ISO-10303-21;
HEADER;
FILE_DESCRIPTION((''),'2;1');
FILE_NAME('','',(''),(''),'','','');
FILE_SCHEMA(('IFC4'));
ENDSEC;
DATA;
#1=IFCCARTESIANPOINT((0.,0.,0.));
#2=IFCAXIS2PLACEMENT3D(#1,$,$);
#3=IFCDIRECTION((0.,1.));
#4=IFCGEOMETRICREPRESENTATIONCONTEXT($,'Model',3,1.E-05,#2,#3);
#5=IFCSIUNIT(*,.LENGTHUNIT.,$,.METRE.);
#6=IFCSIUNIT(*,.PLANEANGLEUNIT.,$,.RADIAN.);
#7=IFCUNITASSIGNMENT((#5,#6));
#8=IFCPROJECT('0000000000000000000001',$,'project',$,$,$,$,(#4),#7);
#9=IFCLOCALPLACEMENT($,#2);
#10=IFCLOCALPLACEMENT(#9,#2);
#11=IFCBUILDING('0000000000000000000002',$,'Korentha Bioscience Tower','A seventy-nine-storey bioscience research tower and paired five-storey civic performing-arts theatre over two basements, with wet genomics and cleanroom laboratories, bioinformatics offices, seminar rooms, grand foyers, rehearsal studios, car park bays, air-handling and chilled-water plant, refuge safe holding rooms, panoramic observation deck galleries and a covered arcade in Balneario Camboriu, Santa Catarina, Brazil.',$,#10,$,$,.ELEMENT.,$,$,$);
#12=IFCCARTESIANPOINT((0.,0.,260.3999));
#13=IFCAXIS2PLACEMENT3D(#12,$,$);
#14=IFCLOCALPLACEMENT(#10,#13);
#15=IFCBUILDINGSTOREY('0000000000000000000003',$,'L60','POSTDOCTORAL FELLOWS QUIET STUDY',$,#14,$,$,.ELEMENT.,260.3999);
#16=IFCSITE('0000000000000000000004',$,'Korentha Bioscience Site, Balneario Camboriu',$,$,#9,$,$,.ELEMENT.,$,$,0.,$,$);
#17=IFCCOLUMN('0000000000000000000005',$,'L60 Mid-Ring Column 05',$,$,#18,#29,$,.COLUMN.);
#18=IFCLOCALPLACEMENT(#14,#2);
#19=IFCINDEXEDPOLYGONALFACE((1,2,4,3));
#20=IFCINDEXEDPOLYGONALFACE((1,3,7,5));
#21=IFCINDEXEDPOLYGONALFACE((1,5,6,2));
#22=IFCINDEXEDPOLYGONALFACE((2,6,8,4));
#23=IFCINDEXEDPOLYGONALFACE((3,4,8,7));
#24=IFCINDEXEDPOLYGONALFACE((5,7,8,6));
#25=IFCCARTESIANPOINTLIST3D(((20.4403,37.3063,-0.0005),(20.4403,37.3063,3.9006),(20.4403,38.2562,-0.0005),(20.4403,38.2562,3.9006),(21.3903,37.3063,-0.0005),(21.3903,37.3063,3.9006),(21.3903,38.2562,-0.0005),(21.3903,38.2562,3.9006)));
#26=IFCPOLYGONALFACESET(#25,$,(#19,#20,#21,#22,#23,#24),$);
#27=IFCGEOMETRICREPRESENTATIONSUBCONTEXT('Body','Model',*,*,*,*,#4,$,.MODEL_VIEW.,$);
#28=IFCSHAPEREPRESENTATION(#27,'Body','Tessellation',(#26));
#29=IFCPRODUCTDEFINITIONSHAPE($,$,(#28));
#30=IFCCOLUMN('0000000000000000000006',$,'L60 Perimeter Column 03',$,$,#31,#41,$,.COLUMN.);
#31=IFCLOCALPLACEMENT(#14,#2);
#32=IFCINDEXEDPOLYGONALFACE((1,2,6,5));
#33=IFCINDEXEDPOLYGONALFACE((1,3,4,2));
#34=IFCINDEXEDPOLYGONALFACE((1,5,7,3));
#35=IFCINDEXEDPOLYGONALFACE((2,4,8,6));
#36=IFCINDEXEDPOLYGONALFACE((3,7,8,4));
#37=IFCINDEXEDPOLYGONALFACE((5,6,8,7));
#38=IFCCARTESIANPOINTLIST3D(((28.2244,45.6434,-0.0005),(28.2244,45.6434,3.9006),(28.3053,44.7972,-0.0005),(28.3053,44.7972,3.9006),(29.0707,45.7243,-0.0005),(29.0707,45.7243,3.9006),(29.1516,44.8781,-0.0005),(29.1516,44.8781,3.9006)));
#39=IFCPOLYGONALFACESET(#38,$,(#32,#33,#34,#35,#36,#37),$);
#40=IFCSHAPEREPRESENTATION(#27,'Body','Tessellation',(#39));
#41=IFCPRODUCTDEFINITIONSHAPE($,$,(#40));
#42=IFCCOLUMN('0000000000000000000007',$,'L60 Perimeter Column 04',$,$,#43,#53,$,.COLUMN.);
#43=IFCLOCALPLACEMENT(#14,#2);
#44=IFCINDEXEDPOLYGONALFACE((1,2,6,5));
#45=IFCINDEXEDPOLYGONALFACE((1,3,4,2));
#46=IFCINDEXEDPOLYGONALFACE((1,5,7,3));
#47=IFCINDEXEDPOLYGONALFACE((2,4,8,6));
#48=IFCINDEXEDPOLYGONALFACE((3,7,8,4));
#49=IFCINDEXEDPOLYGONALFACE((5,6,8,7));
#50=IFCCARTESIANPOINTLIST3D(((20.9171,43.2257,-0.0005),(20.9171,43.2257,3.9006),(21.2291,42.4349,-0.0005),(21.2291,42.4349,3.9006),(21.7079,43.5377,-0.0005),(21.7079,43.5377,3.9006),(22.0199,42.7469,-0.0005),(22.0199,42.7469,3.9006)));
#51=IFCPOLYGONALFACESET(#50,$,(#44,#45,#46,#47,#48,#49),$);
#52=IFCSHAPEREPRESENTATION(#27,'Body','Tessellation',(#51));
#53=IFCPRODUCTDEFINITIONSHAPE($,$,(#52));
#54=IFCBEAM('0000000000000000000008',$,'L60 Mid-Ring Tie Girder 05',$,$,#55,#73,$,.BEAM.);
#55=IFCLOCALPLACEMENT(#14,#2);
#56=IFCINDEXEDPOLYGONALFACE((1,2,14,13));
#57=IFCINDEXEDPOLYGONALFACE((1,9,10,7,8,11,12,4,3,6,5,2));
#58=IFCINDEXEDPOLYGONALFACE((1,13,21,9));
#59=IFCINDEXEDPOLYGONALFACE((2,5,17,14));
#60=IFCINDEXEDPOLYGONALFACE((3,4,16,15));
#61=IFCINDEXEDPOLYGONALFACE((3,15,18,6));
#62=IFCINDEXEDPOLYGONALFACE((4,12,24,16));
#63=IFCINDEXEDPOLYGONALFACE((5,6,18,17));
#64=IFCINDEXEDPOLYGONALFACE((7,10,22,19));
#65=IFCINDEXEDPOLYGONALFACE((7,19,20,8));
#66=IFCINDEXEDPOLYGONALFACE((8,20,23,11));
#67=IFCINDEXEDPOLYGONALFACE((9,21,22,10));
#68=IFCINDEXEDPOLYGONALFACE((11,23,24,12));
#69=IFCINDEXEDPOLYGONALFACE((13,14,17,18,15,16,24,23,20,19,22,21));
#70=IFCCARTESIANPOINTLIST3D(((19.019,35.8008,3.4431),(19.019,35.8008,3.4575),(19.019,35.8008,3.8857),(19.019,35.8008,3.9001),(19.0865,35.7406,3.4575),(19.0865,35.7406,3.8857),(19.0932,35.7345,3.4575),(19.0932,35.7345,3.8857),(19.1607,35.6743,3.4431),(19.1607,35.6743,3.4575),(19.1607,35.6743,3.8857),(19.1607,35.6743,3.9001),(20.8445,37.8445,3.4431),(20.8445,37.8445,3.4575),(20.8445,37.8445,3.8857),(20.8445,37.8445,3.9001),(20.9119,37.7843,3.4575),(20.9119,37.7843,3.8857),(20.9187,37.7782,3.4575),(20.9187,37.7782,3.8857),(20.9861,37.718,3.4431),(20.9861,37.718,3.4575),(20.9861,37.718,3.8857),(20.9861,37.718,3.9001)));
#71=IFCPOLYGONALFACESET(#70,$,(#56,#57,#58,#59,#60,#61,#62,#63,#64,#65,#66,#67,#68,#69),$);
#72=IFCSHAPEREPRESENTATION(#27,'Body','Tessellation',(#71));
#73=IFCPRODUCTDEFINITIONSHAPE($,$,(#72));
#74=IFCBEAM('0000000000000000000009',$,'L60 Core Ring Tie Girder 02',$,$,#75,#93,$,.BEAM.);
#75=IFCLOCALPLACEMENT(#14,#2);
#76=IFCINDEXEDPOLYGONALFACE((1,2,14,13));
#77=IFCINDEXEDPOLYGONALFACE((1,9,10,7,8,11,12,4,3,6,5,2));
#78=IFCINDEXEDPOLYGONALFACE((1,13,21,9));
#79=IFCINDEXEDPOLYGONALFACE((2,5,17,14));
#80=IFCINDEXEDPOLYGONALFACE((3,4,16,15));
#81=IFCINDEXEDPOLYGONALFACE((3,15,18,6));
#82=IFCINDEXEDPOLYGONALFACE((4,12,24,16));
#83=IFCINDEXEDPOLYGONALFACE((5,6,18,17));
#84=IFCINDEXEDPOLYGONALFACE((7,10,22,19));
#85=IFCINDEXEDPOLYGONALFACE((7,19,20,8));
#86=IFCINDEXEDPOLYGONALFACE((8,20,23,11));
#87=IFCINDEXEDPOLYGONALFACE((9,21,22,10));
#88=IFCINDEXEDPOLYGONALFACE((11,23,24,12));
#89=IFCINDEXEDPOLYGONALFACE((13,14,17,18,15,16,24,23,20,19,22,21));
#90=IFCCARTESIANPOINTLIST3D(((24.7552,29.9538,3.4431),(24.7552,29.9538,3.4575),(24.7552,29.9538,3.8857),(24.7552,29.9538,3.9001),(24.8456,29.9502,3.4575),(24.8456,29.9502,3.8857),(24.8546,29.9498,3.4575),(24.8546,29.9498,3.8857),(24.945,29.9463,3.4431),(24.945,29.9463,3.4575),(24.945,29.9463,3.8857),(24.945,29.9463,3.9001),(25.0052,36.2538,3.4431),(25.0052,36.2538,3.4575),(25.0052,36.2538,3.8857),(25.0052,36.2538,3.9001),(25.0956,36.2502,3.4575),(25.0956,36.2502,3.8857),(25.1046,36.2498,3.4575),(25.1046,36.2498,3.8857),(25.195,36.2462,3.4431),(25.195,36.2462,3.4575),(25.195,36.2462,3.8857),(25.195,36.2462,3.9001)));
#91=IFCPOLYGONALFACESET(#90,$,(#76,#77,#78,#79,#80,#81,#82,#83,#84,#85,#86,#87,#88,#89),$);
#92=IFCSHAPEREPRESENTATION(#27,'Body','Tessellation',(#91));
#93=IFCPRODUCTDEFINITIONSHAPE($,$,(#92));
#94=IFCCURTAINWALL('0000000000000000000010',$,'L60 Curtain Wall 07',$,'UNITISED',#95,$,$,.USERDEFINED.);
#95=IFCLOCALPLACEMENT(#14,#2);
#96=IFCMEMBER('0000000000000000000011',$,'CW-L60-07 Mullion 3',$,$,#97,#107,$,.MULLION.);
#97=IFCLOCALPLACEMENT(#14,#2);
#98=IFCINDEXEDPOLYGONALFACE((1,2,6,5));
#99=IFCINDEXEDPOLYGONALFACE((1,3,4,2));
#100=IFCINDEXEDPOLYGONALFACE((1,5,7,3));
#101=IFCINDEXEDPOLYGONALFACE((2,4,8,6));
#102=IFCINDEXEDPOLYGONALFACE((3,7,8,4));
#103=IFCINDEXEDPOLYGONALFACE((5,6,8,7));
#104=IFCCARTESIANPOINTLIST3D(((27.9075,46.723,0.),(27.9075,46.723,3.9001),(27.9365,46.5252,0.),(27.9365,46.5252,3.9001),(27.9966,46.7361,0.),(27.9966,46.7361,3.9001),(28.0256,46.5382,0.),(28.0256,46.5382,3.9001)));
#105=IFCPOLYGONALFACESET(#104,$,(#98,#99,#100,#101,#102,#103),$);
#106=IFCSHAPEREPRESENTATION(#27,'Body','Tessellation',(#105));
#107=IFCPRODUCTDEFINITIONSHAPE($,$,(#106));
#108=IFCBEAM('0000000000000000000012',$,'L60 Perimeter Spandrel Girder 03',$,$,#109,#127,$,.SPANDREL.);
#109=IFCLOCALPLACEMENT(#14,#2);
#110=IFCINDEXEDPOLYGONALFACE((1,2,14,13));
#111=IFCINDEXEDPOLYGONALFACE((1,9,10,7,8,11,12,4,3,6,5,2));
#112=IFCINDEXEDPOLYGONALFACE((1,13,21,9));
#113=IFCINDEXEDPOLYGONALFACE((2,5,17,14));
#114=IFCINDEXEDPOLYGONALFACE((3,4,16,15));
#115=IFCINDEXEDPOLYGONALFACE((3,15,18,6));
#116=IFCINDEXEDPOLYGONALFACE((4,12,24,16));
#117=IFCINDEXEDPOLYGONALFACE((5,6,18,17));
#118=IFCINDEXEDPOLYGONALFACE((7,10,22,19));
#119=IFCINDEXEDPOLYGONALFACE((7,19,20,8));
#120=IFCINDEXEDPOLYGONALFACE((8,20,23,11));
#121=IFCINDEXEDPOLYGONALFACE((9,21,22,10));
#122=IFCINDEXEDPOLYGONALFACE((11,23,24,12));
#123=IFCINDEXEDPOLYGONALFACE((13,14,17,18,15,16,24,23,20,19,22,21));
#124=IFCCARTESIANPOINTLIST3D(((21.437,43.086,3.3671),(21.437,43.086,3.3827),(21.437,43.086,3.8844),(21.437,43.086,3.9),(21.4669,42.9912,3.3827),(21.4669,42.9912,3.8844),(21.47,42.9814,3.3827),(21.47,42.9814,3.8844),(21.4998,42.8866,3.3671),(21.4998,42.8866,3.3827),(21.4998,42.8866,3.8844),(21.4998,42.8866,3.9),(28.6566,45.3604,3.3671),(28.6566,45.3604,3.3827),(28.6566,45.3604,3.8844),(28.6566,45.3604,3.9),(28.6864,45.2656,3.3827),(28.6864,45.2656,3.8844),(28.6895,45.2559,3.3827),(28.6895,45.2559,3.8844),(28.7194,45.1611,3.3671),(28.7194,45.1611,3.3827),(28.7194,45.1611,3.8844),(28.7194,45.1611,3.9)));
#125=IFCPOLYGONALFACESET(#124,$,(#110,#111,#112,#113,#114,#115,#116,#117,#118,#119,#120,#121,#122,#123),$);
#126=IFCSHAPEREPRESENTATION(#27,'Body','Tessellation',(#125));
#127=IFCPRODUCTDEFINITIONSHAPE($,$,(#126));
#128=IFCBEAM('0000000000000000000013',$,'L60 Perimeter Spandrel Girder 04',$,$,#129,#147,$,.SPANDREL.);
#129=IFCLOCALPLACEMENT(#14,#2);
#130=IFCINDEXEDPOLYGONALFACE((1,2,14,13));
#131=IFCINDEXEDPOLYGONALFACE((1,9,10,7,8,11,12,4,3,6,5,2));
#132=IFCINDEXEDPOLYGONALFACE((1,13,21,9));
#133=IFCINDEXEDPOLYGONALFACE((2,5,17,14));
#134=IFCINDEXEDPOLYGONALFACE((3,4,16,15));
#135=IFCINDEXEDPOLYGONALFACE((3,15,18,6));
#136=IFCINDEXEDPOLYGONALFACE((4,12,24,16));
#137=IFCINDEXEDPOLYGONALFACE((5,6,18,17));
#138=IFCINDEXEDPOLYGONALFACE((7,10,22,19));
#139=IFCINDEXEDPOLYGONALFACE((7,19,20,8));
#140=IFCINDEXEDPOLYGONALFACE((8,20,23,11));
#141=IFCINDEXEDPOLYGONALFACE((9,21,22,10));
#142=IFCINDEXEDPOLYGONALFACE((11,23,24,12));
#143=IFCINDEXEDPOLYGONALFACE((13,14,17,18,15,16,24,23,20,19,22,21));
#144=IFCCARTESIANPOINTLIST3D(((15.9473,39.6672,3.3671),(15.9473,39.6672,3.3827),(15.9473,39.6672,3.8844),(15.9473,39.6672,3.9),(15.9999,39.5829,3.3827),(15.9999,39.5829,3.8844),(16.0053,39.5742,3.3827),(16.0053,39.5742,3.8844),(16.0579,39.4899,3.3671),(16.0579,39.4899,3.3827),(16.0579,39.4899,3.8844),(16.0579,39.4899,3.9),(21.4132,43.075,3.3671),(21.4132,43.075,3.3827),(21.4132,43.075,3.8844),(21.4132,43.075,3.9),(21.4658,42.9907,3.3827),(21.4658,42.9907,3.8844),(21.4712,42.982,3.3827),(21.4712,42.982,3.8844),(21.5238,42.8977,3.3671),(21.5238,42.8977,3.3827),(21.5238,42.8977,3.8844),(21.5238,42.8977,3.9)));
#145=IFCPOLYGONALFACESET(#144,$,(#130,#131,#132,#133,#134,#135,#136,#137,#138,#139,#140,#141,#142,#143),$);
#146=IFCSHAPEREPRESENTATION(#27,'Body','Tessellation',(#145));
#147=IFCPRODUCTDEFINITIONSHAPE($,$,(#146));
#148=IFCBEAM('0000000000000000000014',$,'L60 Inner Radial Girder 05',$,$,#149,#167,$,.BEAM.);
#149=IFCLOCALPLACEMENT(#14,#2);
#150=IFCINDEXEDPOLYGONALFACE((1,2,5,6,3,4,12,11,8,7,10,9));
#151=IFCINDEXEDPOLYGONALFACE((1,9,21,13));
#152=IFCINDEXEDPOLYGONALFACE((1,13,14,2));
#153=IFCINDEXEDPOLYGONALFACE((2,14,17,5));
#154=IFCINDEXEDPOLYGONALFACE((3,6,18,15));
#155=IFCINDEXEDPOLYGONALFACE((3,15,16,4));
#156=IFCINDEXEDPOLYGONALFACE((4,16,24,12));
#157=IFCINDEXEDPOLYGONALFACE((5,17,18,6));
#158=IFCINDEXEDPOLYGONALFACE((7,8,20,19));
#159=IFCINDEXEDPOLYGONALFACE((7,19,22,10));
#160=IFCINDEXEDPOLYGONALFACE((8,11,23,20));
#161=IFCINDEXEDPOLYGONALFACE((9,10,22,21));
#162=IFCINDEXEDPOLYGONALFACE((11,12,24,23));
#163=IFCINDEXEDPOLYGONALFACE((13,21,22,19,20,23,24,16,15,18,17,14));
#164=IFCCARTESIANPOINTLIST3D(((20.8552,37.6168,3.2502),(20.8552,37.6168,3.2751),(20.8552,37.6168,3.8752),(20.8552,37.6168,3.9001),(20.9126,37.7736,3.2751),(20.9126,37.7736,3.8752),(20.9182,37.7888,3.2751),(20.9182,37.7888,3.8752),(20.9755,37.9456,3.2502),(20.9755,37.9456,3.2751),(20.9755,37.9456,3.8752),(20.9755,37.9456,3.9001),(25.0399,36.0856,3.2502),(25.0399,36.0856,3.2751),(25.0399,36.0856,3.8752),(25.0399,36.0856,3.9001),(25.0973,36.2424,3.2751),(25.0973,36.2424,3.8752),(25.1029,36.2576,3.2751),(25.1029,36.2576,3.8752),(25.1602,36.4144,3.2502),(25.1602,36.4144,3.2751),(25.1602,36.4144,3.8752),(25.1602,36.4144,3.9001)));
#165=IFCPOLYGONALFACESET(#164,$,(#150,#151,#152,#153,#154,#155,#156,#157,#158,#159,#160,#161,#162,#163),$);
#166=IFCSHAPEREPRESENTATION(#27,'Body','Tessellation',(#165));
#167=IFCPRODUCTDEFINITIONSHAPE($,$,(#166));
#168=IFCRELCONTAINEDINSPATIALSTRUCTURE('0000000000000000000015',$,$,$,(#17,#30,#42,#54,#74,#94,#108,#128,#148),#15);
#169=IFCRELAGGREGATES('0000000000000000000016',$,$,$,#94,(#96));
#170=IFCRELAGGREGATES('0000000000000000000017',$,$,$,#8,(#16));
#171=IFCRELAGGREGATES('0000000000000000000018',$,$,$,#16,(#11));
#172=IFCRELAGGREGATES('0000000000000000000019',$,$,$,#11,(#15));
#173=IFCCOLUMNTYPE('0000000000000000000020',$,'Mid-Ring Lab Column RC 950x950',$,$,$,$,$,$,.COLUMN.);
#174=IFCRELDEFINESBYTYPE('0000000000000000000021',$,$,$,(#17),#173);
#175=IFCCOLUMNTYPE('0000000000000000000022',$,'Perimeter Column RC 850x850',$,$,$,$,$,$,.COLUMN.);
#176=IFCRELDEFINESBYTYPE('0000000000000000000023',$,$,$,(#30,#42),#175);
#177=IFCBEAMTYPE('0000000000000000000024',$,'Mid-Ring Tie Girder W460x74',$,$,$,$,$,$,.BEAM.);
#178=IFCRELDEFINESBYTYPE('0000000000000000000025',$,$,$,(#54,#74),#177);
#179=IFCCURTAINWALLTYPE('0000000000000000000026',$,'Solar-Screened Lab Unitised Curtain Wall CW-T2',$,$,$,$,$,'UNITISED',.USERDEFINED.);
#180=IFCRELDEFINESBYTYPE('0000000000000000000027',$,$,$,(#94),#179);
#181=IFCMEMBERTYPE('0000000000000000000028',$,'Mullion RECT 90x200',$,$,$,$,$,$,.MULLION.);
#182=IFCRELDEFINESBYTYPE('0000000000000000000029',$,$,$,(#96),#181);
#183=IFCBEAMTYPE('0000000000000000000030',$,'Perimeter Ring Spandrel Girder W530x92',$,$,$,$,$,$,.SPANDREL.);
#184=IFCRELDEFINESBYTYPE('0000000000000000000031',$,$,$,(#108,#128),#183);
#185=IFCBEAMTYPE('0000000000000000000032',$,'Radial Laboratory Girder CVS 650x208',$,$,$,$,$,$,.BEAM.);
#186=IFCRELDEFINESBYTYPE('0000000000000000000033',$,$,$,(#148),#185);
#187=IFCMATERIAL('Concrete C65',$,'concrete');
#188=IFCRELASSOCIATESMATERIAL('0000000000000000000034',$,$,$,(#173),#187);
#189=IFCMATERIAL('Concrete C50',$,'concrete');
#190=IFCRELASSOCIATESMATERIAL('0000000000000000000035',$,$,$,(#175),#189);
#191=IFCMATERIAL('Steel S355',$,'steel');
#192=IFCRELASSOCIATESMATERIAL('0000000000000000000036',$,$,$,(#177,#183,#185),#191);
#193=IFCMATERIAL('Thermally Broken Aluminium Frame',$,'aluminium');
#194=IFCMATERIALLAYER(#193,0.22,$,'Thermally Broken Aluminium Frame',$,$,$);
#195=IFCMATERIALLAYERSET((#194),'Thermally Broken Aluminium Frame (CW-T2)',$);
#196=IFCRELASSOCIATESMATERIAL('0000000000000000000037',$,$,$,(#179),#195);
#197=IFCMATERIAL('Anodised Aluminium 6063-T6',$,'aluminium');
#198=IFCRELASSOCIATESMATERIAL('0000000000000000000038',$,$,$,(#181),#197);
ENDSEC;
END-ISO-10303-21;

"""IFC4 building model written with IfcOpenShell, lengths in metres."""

from ifc_helpers import new_model, si_unit, direction, frame, origin, origin_2d, place, context, subcontext, project, spatial, rectangle, i_section, extrude, material, layer, layer_set, material_profile, profile_set, type_object, element, aggregate, save


model = new_model("IFC4")

# Units and contexts
model_context = context("Model", 3, precision=1e-05, world=origin(), true_north=direction((0.0, 1.0)))
body_context = subcontext(model_context, "Body", "Model", "MODEL_VIEW")
ifc_project = project(units=[si_unit("LENGTHUNIT", "METRE"), si_unit("PLANEANGLEUNIT", "RADIAN")], contexts=[model_context])

# Site, building, storey
site_placement = place(None, origin())
site = spatial("IfcSite", under=ifc_project, at=site_placement, Name="Korentha Bioscience Site, Balneario Camboriu", CompositionType="ELEMENT", RefElevation=0.0)
building_placement = place(site_placement, origin())
building = spatial("IfcBuilding", under=site, at=building_placement, Name="Korentha Bioscience Tower", Description="A seventy-nine-storey bioscience research tower and paired five-storey civic performing-arts theatre over two basements, with wet genomics and cleanroom laboratories, bioinformatics offices, seminar rooms, grand foyers, rehearsal studios, car park bays, air-handling and chilled-water plant, refuge safe holding rooms, panoramic observation deck galleries and a covered arcade in Balneario Camboriu, Santa Catarina, Brazil.", CompositionType="ELEMENT")
storey_placement = place(building_placement, frame((0.0, 0.0, 260.3999)))
storey = spatial("IfcBuildingStorey", under=building, at=storey_placement, Name="L60", Description="POSTDOCTORAL FELLOWS QUIET STUDY", CompositionType="ELEMENT", Elevation=260.3999)

# Columns
ifc_material_1 = material(Name="Concrete C65", Category="concrete")
ifc_material_profile_1 = material_profile(ifc_material_1, rectangle(XDim=0.95, YDim=0.95, at=origin_2d()), Name="Concrete C65")
ifc_profile_set_1 = profile_set([ifc_material_profile_1], Name="Concrete C65 (COL-MR09)")
column_type_1 = type_object("IfcColumnType", Name="Mid-Ring Lab Column RC 950x950", PredefinedType="COLUMN", material=ifc_profile_set_1)
column_placement = place(storey_placement, frame((20.9153, 37.7812, -0.0005), z_axis=(0.0, 0.0, 1.0), x_axis=(1.0, 0.0, 0.0)))
element("IfcColumn", 1, at=column_placement, inside=storey, type_object=column_type_1, Name="L60 Mid-Ring Column 05", PredefinedType="COLUMN", context=body_context, shape_type="SweptSolid", body=[
    extrude(rectangle(XDim=0.95, YDim=0.95, at=origin_2d()), origin(), (0.0, 0.0, 1.0), 3.9011),
])
ifc_material_2 = material(Name="Concrete C50", Category="concrete")
ifc_material_profile_2 = material_profile(ifc_material_2, rectangle(XDim=0.8501, YDim=0.8501, at=origin_2d()), Name="Concrete C50")
ifc_profile_set_2 = profile_set([ifc_material_profile_2], Name="Concrete C50 (COL-P08)")
column_type_2 = type_object("IfcColumnType", Name="Perimeter Column RC 850x850", PredefinedType="COLUMN", material=ifc_profile_set_2)
for number, where, z_axis, x_axis, name in (
    (2, (28.688, 45.2607, -0.0005), (0.0, 0.0, 1.0), (0.995463, 0.095151, 0.0), "L60 Perimeter Column 03"),
    (3, (21.4685, 42.9863, -0.0005), (0.0, 0.0, 1.0), (0.930226, 0.366988, 0.0), "L60 Perimeter Column 04"),
):
    element("IfcColumn", number, at=place(storey_placement, frame(where, z_axis=z_axis, x_axis=x_axis)), inside=storey, type_object=column_type_2, Name=name, PredefinedType="COLUMN", context=body_context, shape_type="SweptSolid", body=[
        extrude(rectangle(XDim=0.8501, YDim=0.8501, at=origin_2d()), origin(), (0.0, 0.0, 1.0), 3.9011),
    ])

# Beams
ifc_material_3 = material(Name="Steel S355", Category="steel")
ifc_material_profile_3 = material_profile(ifc_material_3, i_section(OverallWidth=0.1899, OverallDepth=0.457, WebThickness=0.009, FlangeThickness=0.0144, at=origin_2d()), Name="Steel S355")
ifc_profile_set_3 = profile_set([ifc_material_profile_3], Name="Steel S355 (MB-460)")
beam_type_1 = type_object("IfcBeamType", Name="Mid-Ring Tie Girder W460x74", PredefinedType="BEAM", material=ifc_profile_set_3)
beam_1_placement = place(storey_placement, frame((20.9153, 37.7812, 3.6716), z_axis=(-0.666159, -0.74581, 0.0), x_axis=(0.74581, -0.666159, 0.0)))
element("IfcBeam", 4, at=beam_1_placement, inside=storey, type_object=beam_type_1, Name="L60 Mid-Ring Tie Girder 05", PredefinedType="BEAM", context=body_context, shape_type="SweptSolid", body=[
    extrude(i_section(OverallWidth=0.1899, OverallDepth=0.457, WebThickness=0.009, FlangeThickness=0.0144, at=origin_2d()), origin(), (0.0, 0.0, 1.0), 2.7402),
])
beam_2_placement = place(storey_placement, frame((25.1001, 36.25, 3.6716), z_axis=(-0.039651, -0.999214, 0.0), x_axis=(0.999214, -0.039651, 0.0)))
element("IfcBeam", 5, at=beam_2_placement, inside=storey, type_object=beam_type_1, Name="L60 Core Ring Tie Girder 02", PredefinedType="BEAM", context=body_context, shape_type="SweptSolid", body=[
    extrude(i_section(OverallWidth=0.1899, OverallDepth=0.457, WebThickness=0.009, FlangeThickness=0.0144, at=origin_2d()), origin(), (0.0, 0.0, 1.0), 6.3049),
])

# Curtain wall, member
ifc_material_4 = material(Name="Thermally Broken Aluminium Frame", Category="aluminium")
ifc_layer_1 = layer(ifc_material_4, 0.22, Name="Thermally Broken Aluminium Frame")
ifc_layer_set_1 = layer_set([ifc_layer_1], Name="Thermally Broken Aluminium Frame (CW-T2)")
curtain_wall_type = type_object("IfcCurtainWallType", Name="Solar-Screened Lab Unitised Curtain Wall CW-T2", ElementType="UNITISED", PredefinedType="USERDEFINED", material=ifc_layer_set_1)
curtain_wall_placement = place(storey_placement, origin())
curtain_wall = element("IfcCurtainWall", 6, at=curtain_wall_placement, inside=storey, type_object=curtain_wall_type, Name="L60 Curtain Wall 07", ObjectType="UNITISED", PredefinedType="USERDEFINED")
ifc_material_5 = material(Name="Anodised Aluminium 6063-T6", Category="aluminium")
ifc_material_profile_4 = material_profile(ifc_material_5, rectangle(XDim=0.0901, YDim=0.2, at=origin_2d()), Name="Anodised Aluminium 6063-T6")
ifc_profile_set_4 = profile_set([ifc_material_profile_4], Name="Anodised Aluminium 6063-T6 (CW-MUL)")
member_type_1 = type_object("IfcMemberType", Name="Mullion RECT 90x200", PredefinedType="MULLION", material=ifc_profile_set_4)
member_1_placement = place(storey_placement, frame((27.9666, 46.6306, 0.0), z_axis=(0.0, 0.0, 1.0), x_axis=(-0.98946, -0.144809, 0.0)))
member_1 = element("IfcMember", 7, at=member_1_placement, type_object=member_type_1, Name="CW-L60-07 Mullion 3", PredefinedType="MULLION", context=body_context, shape_type="SweptSolid", body=[
    extrude(rectangle(XDim=0.0901, YDim=0.2, at=origin_2d()), origin(), (0.0, 0.0, 1.0), 3.9001),
])

# Beams
ifc_material_profile_5 = material_profile(ifc_material_3, i_section(OverallWidth=0.209, OverallDepth=0.533, WebThickness=0.0103, FlangeThickness=0.0156, at=origin_2d()), Name="Steel S355")
ifc_profile_set_5 = profile_set([ifc_material_profile_5], Name="Steel S355 (SB-530)")
beam_type_2 = type_object("IfcBeamType", Name="Perimeter Ring Spandrel Girder W530x92", PredefinedType="SPANDREL", material=ifc_profile_set_5)
beam_3_placement = place(storey_placement, frame((28.688, 45.2607, 3.6335), z_axis=(-0.953788, -0.30048, 0.0), x_axis=(0.30048, -0.953788, 0.0)))
element("IfcBeam", 8, at=beam_3_placement, inside=storey, type_object=beam_type_2, Name="L60 Perimeter Spandrel Girder 03", PredefinedType="SPANDREL", context=body_context, shape_type="SweptSolid", body=[
    extrude(i_section(OverallWidth=0.209, OverallDepth=0.533, WebThickness=0.0103, FlangeThickness=0.0156, at=origin_2d()), origin(), (0.0, 0.0, 1.0), 7.5693),
])
beam_4_placement = place(storey_placement, frame((21.4685, 42.9863, 3.6335), z_axis=(-0.848586, -0.529058, 0.0), x_axis=(0.529058, -0.848586, 0.0)))
element("IfcBeam", 9, at=beam_4_placement, inside=storey, type_object=beam_type_2, Name="L60 Perimeter Spandrel Girder 04", PredefinedType="SPANDREL", context=body_context, shape_type="SweptSolid", body=[
    extrude(i_section(OverallWidth=0.209, OverallDepth=0.533, WebThickness=0.0103, FlangeThickness=0.0156, at=origin_2d()), origin(), (0.0, 0.0, 1.0), 6.4412),
])
ifc_material_profile_6 = material_profile(ifc_material_3, i_section(OverallWidth=0.3501, OverallDepth=0.6499, WebThickness=0.0161, FlangeThickness=0.0249, at=origin_2d()), Name="Steel S355")
ifc_profile_set_6 = profile_set([ifc_material_profile_6], Name="Steel S355 (RB-650)")
beam_type_3 = type_object("IfcBeamType", Name="Radial Laboratory Girder CVS 650x208", PredefinedType="BEAM", material=ifc_profile_set_6)
beam_5_placement = place(storey_placement, frame((25.1001, 36.25, 3.5752), z_axis=(-0.939107, 0.343625, 0.0), x_axis=(-0.343625, -0.939107, 0.0)))
element("IfcBeam", 10, at=beam_5_placement, inside=storey, type_object=beam_type_3, Name="L60 Inner Radial Girder 05", PredefinedType="BEAM", context=body_context, shape_type="SweptSolid", body=[
    extrude(i_section(OverallWidth=0.3501, OverallDepth=0.6499, WebThickness=0.0161, FlangeThickness=0.0249, at=origin_2d()), origin(), (0.0, 0.0, 1.0), 4.4561),
])

aggregate(curtain_wall, [member_1])

save(model, "model.ifc")
